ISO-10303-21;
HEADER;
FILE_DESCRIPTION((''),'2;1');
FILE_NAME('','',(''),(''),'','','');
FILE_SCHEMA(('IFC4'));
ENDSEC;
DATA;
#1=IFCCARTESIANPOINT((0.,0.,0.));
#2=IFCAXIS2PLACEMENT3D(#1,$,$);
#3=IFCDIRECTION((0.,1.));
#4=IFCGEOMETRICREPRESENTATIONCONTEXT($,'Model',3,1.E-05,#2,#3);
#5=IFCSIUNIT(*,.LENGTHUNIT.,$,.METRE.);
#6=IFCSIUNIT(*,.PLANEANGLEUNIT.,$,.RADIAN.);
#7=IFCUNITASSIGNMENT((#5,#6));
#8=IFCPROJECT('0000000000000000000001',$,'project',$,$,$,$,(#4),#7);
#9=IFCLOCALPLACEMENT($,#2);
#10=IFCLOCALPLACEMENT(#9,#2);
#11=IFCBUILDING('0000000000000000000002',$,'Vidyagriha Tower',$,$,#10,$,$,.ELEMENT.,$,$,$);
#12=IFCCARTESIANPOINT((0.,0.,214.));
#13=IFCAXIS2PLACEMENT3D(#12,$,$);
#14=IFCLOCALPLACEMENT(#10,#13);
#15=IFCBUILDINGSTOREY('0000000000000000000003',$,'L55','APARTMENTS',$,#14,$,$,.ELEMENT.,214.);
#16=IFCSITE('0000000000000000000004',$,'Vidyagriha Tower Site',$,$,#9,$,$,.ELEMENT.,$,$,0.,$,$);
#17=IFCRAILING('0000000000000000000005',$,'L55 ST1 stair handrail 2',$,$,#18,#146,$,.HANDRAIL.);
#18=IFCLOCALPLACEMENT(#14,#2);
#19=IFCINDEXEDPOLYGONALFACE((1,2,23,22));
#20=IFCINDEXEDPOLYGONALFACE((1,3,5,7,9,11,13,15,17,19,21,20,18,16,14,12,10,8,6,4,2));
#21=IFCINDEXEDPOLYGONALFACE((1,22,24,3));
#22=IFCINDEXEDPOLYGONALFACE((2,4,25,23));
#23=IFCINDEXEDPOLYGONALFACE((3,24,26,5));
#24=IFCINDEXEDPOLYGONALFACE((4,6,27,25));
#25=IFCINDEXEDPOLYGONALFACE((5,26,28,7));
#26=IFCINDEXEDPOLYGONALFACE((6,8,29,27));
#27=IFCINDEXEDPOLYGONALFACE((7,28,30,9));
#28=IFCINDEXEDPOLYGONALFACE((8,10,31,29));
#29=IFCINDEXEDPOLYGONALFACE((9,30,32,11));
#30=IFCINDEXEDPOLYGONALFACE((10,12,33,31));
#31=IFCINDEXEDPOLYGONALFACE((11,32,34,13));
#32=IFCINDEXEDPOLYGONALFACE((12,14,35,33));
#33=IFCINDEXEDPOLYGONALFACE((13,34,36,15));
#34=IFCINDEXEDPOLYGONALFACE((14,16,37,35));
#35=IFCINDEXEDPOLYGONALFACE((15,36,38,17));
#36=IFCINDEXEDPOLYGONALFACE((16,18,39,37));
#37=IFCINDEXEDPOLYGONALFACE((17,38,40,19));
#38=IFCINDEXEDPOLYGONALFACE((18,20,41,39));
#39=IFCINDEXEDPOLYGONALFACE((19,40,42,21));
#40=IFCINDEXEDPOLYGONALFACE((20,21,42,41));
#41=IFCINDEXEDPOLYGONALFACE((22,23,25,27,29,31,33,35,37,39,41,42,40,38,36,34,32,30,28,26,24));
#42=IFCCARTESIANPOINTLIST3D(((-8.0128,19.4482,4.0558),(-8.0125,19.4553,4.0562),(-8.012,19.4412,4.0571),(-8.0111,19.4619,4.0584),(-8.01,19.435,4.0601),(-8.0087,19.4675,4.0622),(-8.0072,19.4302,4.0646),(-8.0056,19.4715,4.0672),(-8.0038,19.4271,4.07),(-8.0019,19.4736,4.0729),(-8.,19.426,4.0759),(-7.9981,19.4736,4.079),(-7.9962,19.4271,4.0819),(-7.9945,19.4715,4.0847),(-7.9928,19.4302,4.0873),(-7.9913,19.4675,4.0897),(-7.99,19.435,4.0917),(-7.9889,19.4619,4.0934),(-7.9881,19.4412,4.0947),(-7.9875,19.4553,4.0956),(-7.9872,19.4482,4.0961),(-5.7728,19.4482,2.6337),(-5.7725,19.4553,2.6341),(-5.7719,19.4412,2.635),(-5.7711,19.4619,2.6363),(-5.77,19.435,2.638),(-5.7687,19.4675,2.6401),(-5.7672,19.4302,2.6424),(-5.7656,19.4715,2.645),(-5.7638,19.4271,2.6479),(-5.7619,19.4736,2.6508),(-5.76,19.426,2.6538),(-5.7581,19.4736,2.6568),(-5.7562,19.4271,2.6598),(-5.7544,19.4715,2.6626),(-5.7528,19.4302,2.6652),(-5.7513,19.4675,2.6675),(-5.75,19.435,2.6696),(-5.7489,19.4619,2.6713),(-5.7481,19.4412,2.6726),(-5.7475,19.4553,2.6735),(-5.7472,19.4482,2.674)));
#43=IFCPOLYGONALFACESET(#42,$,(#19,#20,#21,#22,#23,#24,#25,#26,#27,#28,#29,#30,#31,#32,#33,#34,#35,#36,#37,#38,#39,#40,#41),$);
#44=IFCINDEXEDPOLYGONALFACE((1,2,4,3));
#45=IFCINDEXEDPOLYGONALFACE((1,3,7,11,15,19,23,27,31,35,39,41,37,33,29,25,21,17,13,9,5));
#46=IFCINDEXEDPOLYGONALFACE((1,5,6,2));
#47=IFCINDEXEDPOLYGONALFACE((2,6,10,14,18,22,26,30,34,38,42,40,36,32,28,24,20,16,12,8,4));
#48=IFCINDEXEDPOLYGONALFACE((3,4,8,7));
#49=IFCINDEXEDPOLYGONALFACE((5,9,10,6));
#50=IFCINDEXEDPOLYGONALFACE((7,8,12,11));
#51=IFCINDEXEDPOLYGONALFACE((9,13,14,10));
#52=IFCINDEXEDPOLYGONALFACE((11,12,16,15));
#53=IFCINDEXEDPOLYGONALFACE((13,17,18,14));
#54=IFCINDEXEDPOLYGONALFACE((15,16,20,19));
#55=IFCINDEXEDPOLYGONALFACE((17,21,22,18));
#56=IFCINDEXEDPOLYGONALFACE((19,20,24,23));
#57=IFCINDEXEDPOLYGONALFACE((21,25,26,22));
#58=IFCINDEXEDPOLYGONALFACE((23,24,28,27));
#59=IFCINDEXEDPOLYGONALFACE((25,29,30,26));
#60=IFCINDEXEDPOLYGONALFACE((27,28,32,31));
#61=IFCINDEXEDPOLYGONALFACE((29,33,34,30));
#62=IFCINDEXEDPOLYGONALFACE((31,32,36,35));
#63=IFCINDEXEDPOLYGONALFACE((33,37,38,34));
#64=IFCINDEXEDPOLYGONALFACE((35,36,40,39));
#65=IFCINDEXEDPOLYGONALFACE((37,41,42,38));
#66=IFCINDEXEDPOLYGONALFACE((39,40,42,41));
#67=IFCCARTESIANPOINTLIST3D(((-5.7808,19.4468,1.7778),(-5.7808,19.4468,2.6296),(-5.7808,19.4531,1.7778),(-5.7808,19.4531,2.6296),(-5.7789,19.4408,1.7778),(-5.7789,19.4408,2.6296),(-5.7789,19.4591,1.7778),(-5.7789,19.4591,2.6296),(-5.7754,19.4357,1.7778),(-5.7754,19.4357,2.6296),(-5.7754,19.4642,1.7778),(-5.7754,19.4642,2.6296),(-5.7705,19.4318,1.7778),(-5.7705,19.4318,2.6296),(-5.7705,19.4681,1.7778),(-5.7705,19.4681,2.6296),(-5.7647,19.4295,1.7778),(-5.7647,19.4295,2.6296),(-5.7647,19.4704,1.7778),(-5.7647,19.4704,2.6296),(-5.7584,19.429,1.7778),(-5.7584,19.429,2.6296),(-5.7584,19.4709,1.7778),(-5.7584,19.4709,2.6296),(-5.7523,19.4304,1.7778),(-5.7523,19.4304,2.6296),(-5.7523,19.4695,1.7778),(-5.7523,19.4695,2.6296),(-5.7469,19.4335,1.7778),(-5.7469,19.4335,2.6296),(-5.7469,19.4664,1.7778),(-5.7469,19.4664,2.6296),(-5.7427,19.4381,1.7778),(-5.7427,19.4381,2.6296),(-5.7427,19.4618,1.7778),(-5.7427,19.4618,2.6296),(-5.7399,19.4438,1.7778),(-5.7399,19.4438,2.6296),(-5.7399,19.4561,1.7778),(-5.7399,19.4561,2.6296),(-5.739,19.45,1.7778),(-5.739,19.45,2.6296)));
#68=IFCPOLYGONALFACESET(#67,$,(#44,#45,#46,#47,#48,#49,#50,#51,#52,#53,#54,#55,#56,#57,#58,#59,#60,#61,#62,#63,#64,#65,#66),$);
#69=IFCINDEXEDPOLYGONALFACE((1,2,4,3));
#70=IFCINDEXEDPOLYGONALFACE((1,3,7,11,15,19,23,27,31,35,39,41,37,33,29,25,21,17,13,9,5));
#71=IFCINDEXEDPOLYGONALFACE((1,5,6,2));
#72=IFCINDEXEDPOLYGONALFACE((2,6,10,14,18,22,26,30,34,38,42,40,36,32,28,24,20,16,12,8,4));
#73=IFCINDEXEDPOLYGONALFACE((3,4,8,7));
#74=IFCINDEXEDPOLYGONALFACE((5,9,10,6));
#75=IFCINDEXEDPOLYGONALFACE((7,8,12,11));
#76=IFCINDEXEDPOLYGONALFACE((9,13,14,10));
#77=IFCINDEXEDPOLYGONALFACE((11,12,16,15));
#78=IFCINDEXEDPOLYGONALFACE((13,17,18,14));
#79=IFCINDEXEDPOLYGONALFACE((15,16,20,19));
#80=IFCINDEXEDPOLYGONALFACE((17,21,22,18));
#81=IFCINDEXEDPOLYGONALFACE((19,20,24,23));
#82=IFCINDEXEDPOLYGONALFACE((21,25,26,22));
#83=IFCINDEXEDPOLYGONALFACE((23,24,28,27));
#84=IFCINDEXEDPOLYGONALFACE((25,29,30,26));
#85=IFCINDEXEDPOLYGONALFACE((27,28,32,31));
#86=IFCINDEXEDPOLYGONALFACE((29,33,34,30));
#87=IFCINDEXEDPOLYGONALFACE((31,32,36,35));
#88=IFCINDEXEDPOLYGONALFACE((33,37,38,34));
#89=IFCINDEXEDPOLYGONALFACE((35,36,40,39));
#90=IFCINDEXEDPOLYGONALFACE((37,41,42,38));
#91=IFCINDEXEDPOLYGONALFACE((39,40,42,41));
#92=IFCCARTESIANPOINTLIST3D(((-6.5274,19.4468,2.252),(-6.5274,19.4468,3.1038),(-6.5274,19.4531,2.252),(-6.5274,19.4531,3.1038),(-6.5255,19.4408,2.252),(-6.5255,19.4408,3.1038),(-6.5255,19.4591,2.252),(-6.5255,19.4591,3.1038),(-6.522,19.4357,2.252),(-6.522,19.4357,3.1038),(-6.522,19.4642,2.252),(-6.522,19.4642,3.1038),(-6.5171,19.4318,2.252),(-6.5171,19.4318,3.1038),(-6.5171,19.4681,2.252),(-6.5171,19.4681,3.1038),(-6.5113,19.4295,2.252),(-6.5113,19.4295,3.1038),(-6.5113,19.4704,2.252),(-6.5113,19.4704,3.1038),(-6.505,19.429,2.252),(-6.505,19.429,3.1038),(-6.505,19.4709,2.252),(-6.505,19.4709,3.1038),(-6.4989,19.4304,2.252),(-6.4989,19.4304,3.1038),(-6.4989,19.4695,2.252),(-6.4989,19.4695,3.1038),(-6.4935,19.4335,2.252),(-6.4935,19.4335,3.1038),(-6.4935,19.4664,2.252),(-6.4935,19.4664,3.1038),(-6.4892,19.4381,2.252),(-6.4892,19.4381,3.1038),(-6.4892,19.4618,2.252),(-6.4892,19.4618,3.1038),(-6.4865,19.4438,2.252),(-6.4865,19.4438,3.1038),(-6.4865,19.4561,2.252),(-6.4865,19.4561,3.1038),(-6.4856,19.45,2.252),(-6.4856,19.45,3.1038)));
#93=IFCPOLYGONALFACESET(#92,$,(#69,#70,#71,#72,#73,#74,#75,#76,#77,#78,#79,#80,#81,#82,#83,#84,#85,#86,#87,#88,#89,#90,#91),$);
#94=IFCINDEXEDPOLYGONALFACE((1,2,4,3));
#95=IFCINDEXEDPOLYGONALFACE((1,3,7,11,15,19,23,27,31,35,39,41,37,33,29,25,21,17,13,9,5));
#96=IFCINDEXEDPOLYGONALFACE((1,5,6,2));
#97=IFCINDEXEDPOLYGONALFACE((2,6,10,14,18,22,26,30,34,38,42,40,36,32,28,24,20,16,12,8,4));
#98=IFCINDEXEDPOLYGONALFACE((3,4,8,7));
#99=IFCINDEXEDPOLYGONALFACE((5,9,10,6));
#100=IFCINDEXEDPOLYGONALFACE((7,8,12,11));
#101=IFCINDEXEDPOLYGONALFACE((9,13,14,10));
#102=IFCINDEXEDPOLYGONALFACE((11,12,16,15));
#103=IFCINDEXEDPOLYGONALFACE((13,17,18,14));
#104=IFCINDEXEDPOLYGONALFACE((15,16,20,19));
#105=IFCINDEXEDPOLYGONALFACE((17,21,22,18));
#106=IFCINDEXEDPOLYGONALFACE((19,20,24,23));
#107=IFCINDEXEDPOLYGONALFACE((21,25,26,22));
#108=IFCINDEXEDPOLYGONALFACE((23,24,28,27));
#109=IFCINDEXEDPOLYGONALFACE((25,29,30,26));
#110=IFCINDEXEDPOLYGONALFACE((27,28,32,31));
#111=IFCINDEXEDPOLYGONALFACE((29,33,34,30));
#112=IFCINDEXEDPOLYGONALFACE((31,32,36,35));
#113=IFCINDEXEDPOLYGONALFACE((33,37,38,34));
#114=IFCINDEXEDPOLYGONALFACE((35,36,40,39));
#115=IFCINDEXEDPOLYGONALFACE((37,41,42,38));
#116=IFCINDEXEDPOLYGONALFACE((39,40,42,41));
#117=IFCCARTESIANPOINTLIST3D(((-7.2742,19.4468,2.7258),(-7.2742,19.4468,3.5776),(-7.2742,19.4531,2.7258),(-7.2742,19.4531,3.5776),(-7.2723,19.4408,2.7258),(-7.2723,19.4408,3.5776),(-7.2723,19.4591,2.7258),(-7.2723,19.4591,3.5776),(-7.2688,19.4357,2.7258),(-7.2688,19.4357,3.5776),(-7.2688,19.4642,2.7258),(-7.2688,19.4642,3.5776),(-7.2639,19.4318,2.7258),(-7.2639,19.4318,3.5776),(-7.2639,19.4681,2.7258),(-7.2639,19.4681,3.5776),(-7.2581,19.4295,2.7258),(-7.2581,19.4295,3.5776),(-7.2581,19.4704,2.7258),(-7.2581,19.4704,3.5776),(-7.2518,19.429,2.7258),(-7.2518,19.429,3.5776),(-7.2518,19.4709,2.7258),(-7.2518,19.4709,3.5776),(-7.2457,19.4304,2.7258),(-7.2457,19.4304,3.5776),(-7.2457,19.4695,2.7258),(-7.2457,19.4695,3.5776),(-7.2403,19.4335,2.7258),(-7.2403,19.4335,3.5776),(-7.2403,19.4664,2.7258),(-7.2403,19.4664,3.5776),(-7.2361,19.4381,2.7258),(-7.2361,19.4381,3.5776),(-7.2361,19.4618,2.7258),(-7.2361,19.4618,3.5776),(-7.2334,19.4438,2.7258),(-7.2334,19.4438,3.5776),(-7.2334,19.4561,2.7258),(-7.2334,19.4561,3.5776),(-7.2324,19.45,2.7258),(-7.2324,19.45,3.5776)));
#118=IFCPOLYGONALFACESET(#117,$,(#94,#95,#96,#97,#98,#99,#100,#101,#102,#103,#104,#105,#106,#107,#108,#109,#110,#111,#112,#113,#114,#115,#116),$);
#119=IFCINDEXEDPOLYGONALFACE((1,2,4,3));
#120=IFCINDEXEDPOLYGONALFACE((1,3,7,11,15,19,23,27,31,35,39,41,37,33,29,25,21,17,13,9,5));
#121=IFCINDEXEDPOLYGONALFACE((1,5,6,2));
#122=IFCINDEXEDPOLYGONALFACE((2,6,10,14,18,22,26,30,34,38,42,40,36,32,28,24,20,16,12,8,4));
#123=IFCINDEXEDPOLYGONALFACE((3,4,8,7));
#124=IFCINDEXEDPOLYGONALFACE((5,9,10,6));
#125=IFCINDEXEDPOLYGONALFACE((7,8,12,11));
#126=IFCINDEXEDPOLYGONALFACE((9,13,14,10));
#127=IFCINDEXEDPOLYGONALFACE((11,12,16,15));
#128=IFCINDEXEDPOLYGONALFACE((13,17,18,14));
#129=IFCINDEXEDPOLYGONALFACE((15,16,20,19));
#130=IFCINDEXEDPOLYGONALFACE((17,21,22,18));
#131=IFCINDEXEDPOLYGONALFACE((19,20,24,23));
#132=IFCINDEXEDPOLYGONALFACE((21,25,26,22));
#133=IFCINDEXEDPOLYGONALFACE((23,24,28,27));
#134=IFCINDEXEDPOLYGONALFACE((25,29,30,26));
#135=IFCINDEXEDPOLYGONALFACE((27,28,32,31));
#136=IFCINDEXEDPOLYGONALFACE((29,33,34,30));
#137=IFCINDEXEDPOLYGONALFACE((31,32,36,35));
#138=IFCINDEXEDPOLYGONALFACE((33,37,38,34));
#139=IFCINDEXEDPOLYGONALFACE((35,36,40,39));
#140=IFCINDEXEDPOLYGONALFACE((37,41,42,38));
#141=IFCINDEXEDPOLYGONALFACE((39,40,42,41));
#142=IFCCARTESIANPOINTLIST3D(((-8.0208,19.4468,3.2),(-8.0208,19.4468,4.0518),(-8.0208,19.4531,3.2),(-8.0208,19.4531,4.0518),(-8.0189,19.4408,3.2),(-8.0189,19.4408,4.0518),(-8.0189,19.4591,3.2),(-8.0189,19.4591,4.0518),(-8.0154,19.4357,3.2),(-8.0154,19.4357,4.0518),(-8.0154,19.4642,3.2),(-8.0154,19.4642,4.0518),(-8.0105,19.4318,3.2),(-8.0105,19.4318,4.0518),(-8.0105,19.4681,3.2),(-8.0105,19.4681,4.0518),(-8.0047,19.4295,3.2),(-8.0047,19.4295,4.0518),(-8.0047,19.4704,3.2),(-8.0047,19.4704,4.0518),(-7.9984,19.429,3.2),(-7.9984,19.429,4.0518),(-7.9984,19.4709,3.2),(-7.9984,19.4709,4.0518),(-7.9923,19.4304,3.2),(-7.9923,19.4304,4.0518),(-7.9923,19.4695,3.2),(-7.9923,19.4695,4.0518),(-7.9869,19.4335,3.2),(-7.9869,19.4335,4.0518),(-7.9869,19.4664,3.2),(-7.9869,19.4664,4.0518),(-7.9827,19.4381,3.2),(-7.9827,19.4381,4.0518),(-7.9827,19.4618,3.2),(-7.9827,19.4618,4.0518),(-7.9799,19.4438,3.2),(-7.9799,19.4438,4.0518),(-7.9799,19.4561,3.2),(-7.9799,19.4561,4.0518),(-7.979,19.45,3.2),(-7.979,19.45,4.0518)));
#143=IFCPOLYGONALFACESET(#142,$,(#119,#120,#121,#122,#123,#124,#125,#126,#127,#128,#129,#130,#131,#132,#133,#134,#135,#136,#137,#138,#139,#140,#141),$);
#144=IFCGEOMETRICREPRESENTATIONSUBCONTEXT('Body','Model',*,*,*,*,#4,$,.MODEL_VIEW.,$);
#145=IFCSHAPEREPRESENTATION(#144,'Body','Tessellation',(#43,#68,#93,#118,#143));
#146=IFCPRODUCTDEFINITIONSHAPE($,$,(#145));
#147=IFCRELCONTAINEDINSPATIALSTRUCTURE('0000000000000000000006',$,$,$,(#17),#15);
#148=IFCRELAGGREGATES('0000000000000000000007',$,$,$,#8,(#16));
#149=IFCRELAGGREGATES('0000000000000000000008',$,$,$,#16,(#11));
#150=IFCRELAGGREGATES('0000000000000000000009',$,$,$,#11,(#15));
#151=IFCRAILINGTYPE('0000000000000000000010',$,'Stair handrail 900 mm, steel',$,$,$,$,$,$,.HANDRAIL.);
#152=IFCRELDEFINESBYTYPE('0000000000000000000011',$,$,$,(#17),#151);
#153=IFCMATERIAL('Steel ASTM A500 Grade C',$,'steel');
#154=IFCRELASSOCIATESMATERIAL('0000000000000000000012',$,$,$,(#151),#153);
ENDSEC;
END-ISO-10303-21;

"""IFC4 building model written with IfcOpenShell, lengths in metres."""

from ifc_helpers import new_model, si_unit, direction, frame, origin, origin_2d, place, context, subcontext, project, spatial, circle, extrude, material, type_object, element, save


model = new_model("IFC4")

# Units and contexts
model_context = context("Model", 3, precision=1e-05, world=origin(), true_north=direction((0.0, 1.0)))
body_context = subcontext(model_context, "Body", "Model", "MODEL_VIEW")
ifc_project = project(units=[si_unit("LENGTHUNIT", "METRE"), si_unit("PLANEANGLEUNIT", "RADIAN")], contexts=[model_context])

# Site, building, storey
site_placement = place(None, origin())
site = spatial("IfcSite", under=ifc_project, at=site_placement, Name="Vidyagriha Tower Site", CompositionType="ELEMENT", RefElevation=0.0)
building_placement = place(site_placement, origin())
building = spatial("IfcBuilding", under=site, at=building_placement, Name="Vidyagriha Tower", CompositionType="ELEMENT")
storey_placement = place(building_placement, frame((0.0, 0.0, 214.0)))
storey = spatial("IfcBuildingStorey", under=building, at=storey_placement, Name="L55", Description="APARTMENTS", CompositionType="ELEMENT", Elevation=214.0)

# Railing
ifc_material_1 = material(Name="Steel ASTM A500 Grade C", Category="steel")
railing_type_1 = type_object("IfcRailingType", Name="Stair handrail 900 mm, steel", PredefinedType="HANDRAIL", material=ifc_material_1)
railing_1_placement = place(storey_placement, frame((-5.76, 19.45, 1.7778)))
element("IfcRailing", 1, at=railing_1_placement, inside=storey, type_object=railing_type_1, Name="L55 ST1 stair handrail 2", PredefinedType="HANDRAIL", context=body_context, shape_type="SweptSolid", body=[
    extrude(circle(Radius=0.0239, at=origin_2d()), frame((0.0, 0.0, 0.876), z_axis=(-0.844229, 0.0, 0.535982), x_axis=(0.0, -1.0, 0.0)), (0.0, 0.0, 1.0), 2.6533),
    extrude(circle(Radius=0.021, at=origin_2d()), origin(), (0.0, 0.0, 1.0), 0.8518),
    extrude(circle(Radius=0.021, at=origin_2d()), frame((-0.7466, 0.0, 0.4741)), (0.0, 0.0, 1.0), 0.8518),
    extrude(circle(Radius=0.021, at=origin_2d()), frame((-1.4934, 0.0, 0.948)), (0.0, 0.0, 1.0), 0.8518),
    extrude(circle(Radius=0.021, at=origin_2d()), frame((-2.24, 0.0, 1.4221)), (0.0, 0.0, 1.0), 0.8518),
])

save(model, "model.ifc")
